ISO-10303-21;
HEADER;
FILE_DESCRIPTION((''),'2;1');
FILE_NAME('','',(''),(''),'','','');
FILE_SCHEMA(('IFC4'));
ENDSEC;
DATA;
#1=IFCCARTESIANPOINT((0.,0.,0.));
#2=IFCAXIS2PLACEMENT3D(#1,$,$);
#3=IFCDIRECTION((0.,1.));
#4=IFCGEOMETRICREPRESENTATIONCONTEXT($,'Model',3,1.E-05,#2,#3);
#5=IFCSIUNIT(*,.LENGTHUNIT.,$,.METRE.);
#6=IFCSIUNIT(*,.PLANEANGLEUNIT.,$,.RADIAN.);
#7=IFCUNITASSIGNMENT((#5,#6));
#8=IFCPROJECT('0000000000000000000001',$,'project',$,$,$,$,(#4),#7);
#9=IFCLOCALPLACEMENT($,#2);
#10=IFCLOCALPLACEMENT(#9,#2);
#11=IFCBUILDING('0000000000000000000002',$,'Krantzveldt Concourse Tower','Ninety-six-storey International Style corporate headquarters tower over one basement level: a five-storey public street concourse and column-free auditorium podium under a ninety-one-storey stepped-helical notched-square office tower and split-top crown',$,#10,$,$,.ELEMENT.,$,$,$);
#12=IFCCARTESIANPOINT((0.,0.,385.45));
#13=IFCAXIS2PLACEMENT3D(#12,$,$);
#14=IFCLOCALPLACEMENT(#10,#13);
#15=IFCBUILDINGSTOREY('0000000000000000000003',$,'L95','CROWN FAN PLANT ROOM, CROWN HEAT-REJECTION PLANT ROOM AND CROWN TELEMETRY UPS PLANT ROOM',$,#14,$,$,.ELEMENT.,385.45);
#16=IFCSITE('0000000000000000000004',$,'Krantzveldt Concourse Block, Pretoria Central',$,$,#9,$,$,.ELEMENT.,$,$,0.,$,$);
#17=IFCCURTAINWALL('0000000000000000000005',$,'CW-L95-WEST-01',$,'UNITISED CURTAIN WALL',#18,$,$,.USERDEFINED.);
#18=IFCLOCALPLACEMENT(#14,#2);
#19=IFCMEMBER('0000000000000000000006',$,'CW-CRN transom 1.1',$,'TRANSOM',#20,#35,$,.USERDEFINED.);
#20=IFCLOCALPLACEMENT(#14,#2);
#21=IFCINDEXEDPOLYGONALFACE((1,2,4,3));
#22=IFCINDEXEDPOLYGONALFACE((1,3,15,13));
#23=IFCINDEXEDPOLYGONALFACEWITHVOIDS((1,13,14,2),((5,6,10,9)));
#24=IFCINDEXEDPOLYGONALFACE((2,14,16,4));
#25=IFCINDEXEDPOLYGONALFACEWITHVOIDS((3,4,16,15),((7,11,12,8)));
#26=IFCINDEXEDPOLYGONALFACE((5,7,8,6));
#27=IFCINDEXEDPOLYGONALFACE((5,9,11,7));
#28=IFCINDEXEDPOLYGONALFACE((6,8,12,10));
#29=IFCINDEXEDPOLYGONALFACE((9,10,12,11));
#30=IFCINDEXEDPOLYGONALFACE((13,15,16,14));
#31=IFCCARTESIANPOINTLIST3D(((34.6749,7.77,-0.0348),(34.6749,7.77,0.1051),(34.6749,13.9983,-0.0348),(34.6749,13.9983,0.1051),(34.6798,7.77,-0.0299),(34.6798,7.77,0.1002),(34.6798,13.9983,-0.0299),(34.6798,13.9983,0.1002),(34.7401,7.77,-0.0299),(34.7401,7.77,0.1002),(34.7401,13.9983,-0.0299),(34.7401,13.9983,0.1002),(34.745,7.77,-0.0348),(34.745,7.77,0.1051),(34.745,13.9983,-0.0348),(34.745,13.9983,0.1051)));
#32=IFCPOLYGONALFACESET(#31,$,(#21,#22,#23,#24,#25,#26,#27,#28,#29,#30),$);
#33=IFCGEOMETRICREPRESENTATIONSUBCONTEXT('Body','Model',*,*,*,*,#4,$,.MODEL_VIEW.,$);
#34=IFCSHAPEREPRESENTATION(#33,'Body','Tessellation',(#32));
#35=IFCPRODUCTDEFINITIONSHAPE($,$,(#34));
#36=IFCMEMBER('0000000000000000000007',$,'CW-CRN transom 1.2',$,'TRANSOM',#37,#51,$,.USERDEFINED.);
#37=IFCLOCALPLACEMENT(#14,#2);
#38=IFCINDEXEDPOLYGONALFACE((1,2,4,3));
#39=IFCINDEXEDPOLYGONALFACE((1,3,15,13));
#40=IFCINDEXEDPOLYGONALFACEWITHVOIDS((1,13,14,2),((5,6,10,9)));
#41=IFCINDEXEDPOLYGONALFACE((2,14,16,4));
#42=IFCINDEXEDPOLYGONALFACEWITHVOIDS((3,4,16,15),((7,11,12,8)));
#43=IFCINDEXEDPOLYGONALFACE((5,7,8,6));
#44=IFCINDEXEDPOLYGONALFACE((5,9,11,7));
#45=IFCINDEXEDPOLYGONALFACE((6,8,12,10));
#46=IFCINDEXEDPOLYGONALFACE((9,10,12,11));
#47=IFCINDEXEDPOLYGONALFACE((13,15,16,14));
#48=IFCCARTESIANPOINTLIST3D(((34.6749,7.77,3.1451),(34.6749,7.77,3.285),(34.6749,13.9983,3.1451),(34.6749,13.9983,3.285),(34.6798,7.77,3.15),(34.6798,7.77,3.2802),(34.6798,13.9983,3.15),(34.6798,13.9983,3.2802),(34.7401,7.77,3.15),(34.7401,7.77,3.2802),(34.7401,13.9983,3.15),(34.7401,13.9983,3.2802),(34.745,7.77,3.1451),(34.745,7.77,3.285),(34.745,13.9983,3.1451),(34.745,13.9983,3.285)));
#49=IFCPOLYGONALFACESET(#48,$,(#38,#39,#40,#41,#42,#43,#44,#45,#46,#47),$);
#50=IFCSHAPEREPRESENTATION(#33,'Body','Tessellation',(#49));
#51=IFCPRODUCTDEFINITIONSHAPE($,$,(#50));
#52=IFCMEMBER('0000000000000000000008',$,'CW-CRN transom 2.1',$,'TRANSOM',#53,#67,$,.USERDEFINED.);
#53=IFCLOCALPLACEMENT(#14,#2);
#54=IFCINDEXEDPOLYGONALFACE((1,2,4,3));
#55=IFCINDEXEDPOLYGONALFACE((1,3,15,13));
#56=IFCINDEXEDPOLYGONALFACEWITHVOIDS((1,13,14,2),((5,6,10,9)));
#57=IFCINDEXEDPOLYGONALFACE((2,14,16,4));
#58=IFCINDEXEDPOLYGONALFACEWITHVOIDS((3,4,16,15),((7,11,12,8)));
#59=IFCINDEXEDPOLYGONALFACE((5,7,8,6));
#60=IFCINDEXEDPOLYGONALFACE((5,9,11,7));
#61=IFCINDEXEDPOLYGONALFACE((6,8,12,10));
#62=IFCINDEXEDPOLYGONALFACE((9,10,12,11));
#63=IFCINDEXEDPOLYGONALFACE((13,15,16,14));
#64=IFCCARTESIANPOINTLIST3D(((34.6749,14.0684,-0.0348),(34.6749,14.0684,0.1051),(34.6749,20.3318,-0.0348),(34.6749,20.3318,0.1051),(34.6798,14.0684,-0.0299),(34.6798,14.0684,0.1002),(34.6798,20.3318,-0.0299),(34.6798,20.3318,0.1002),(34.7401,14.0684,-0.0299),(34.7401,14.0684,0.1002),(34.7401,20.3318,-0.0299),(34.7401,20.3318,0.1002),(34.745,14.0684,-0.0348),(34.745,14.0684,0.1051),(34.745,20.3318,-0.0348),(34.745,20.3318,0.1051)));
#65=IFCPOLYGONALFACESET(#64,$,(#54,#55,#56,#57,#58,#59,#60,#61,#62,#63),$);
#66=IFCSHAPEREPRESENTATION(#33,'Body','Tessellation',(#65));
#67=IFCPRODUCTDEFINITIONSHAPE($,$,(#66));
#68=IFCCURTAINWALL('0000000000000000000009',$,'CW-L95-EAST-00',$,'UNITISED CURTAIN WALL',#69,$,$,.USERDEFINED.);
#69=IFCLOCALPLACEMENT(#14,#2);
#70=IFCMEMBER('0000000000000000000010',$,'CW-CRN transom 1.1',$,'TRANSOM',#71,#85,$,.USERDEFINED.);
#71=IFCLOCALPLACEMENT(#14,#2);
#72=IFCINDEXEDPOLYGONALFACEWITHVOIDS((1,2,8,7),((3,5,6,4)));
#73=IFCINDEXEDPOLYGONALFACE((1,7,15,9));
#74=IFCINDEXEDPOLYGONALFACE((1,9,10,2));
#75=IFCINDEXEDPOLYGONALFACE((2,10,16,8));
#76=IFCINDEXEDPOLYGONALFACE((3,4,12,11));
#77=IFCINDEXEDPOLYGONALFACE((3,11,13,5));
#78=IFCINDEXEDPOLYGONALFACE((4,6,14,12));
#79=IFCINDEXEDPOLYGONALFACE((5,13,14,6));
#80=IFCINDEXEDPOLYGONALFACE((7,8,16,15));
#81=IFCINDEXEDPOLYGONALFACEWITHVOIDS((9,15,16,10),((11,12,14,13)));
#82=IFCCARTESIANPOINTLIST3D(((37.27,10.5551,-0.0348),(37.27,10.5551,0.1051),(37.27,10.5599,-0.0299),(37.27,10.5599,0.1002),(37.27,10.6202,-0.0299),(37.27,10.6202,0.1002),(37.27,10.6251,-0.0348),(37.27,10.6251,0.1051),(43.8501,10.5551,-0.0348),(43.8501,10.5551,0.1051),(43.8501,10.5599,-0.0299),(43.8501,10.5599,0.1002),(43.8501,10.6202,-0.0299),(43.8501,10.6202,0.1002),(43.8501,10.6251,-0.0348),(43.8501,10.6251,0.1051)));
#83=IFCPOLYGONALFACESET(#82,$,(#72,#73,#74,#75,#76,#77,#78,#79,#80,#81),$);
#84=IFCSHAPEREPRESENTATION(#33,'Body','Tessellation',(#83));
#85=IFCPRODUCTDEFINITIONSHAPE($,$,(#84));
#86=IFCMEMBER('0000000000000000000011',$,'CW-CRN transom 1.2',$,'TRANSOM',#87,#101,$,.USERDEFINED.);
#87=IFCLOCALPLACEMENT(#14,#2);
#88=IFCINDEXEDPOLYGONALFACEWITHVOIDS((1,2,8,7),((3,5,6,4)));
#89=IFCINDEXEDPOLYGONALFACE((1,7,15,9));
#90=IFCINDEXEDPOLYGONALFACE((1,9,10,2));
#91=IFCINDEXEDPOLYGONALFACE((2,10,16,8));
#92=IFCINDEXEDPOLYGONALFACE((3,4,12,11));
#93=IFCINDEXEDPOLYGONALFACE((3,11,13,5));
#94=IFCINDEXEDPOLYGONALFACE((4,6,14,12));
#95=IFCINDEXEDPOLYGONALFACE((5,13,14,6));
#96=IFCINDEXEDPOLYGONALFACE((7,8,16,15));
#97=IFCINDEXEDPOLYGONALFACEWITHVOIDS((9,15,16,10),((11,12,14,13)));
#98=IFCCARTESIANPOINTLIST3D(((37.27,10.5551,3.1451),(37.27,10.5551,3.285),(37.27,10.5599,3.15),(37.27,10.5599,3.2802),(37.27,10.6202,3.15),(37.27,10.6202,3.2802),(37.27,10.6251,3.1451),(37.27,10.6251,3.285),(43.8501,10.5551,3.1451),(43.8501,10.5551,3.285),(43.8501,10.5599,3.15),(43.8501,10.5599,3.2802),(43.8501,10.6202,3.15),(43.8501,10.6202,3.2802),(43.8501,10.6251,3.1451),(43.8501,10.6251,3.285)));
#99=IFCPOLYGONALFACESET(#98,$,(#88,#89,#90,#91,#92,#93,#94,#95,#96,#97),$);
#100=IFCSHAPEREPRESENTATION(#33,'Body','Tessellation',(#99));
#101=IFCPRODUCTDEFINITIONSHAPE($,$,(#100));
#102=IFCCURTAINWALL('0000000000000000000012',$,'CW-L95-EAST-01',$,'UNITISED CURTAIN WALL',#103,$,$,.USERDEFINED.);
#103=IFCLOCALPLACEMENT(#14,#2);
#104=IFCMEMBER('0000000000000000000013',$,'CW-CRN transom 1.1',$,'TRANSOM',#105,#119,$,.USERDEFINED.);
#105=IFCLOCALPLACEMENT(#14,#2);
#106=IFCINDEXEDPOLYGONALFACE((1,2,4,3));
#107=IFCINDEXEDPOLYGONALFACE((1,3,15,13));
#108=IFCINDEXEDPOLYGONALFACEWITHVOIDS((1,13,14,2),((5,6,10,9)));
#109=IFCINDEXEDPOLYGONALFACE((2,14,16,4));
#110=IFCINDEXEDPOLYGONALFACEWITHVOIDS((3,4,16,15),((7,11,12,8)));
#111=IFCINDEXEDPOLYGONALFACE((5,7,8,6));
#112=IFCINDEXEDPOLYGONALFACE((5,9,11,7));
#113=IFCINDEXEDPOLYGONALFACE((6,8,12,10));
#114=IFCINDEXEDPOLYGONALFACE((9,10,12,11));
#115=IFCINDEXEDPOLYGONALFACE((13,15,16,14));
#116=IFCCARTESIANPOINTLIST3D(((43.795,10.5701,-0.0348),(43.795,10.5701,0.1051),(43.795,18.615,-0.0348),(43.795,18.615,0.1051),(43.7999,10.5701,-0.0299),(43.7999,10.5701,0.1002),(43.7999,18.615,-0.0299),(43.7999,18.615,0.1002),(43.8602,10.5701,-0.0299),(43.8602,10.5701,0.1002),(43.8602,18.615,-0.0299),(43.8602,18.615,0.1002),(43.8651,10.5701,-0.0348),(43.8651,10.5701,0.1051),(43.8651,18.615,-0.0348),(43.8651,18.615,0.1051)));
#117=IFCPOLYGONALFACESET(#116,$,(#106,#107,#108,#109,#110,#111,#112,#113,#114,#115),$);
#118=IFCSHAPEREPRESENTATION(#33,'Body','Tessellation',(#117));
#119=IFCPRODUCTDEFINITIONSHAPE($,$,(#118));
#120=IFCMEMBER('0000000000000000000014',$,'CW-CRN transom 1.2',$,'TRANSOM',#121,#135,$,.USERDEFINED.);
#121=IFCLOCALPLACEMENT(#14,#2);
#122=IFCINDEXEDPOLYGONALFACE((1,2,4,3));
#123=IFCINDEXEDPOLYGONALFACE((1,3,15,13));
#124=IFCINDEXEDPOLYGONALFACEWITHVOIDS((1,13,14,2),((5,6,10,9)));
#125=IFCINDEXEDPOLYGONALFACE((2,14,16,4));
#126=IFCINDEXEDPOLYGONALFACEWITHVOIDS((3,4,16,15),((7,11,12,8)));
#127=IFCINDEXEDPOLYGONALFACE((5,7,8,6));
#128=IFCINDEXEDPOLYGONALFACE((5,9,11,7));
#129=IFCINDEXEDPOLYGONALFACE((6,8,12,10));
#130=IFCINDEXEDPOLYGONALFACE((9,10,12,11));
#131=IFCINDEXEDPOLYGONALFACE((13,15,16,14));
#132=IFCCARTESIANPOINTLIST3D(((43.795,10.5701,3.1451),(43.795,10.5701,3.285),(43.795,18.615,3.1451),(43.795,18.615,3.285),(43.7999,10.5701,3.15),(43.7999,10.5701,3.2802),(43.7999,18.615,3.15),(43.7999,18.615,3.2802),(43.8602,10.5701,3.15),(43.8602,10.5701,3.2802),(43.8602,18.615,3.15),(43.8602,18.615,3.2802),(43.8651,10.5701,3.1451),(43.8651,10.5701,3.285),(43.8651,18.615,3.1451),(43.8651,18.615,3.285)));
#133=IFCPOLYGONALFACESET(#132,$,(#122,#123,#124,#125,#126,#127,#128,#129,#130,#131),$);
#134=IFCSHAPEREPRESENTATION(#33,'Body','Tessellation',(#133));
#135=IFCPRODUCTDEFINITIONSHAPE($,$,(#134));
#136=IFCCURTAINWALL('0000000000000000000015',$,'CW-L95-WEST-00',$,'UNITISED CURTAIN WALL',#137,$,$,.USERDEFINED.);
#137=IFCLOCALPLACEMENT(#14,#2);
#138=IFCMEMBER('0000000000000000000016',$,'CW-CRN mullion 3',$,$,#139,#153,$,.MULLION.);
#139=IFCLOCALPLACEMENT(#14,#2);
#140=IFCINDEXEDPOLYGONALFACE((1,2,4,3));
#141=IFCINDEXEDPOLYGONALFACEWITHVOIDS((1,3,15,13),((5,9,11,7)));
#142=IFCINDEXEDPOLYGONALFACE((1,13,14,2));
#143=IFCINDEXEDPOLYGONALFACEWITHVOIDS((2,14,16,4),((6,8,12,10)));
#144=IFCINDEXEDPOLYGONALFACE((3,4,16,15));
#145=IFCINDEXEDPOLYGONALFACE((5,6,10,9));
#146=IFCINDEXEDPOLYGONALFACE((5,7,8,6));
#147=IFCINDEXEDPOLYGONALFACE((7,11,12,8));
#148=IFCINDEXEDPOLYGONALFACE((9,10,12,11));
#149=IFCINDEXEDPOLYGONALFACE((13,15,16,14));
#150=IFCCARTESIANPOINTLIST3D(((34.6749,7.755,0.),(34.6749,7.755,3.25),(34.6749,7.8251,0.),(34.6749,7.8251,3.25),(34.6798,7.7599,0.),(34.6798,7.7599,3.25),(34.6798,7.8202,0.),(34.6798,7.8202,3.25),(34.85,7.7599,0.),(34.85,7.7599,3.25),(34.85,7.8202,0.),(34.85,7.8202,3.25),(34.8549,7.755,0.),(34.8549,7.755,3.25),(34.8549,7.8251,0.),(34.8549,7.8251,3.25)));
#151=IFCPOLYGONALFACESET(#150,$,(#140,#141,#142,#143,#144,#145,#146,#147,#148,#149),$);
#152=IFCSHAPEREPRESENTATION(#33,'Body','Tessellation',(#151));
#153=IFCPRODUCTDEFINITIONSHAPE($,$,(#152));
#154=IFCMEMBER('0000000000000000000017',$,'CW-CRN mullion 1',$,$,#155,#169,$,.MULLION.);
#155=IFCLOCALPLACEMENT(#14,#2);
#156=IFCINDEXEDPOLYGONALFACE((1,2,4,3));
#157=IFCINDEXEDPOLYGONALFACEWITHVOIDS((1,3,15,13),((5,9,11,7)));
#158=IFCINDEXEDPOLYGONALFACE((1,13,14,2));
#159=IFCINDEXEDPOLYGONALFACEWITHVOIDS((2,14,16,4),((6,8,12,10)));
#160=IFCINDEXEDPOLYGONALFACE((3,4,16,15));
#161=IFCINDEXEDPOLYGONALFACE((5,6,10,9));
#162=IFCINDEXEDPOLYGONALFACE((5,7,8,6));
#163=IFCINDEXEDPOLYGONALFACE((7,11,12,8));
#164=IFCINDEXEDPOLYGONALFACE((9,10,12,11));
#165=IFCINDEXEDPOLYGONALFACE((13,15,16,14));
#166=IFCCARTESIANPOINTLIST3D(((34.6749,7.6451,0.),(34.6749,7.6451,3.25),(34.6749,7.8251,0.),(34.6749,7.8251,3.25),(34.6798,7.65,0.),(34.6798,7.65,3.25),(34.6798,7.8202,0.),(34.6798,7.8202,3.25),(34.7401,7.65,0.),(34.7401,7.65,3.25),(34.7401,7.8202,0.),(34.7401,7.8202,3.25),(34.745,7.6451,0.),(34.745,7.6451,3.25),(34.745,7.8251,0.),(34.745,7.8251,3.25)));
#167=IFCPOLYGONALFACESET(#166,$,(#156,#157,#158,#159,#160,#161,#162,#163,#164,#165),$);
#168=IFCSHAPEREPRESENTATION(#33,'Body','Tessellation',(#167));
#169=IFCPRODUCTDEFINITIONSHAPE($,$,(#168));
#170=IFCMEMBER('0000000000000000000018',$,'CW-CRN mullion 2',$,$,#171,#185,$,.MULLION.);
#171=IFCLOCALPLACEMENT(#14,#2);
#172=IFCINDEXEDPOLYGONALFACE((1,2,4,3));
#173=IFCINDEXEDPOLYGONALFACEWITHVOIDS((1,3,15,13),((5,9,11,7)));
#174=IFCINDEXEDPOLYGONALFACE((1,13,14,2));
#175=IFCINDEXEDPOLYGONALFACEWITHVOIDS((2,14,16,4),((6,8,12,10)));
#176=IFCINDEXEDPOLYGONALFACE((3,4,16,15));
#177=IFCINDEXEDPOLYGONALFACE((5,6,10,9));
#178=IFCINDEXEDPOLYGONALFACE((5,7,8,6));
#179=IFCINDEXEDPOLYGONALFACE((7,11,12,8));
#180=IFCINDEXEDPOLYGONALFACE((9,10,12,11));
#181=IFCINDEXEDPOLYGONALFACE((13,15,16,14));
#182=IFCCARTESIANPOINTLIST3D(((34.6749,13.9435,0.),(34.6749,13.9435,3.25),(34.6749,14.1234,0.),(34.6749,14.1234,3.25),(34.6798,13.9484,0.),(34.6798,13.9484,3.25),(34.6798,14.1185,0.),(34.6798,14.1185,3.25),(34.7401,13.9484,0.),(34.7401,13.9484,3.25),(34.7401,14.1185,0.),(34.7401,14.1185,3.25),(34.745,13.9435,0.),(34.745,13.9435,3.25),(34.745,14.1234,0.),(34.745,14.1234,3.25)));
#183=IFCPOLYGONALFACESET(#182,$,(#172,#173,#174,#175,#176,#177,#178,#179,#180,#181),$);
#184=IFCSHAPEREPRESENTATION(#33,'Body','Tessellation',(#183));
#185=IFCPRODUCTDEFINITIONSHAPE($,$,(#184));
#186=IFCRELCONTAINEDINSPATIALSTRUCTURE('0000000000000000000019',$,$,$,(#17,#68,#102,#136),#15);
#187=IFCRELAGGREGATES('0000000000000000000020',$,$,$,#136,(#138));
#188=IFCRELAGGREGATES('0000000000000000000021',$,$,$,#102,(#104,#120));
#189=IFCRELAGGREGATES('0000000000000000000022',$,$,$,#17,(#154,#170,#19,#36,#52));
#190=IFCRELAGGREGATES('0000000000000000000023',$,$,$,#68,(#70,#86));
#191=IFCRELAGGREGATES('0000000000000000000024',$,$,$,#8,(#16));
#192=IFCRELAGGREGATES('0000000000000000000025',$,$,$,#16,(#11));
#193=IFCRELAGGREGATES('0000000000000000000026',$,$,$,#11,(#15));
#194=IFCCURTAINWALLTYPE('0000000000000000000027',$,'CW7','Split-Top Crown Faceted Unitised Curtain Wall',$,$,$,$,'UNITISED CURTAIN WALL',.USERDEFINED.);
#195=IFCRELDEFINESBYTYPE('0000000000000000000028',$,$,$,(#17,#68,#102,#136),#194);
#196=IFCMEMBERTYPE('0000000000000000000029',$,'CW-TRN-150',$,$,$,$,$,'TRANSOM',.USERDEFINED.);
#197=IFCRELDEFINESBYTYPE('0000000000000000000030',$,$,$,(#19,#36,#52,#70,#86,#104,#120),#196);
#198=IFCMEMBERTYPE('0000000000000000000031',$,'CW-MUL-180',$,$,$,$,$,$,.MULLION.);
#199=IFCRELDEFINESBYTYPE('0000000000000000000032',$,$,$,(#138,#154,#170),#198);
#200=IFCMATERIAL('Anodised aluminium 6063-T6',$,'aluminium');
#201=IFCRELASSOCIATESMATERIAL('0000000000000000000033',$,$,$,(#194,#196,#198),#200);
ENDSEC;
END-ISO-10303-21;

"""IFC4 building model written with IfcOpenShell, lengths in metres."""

from ifc_helpers import new_model, si_unit, direction, frame, origin, origin_2d, place, context, subcontext, project, spatial, hollow_rectangle, extrude, source, transform, mapped, material, material_profile, profile_set, type_object, type_shapes, element, aggregate, save


model = new_model("IFC4")

# Units and contexts
model_context = context("Model", 3, precision=1e-05, world=origin(), true_north=direction((0.0, 1.0)))
body_context = subcontext(model_context, "Body", "Model", "MODEL_VIEW")
ifc_project = project(units=[si_unit("LENGTHUNIT", "METRE"), si_unit("PLANEANGLEUNIT", "RADIAN")], contexts=[model_context])

# Site, building, storey
site_placement = place(None, origin())
site = spatial("IfcSite", under=ifc_project, at=site_placement, Name="Krantzveldt Concourse Block, Pretoria Central", CompositionType="ELEMENT", RefElevation=0.0)
building_placement = place(site_placement, origin())
building = spatial("IfcBuilding", under=site, at=building_placement, Name="Krantzveldt Concourse Tower", Description="Ninety-six-storey International Style corporate headquarters tower over one basement level: a five-storey public street concourse and column-free auditorium podium under a ninety-one-storey stepped-helical notched-square office tower and split-top crown", CompositionType="ELEMENT")
storey_placement = place(building_placement, frame((0.0, 0.0, 385.45)))
storey = spatial("IfcBuildingStorey", under=building, at=storey_placement, Name="L95", Description="CROWN FAN PLANT ROOM, CROWN HEAT-REJECTION PLANT ROOM AND CROWN TELEMETRY UPS PLANT ROOM", CompositionType="ELEMENT", Elevation=385.45)

# Curtain walls, members
ifc_material_1 = material(Name="Anodised aluminium 6063-T6", Category="aluminium")
curtain_wall_type = type_object("IfcCurtainWallType", Name="CW7", Description="Split-Top Crown Faceted Unitised Curtain Wall", ElementType="UNITISED CURTAIN WALL", PredefinedType="USERDEFINED", material=ifc_material_1)
curtain_wall_1_placement = place(storey_placement, origin())
curtain_wall_1 = element("IfcCurtainWall", 1, at=curtain_wall_1_placement, inside=storey, type_object=curtain_wall_type, Name="CW-L95-WEST-01", ObjectType="UNITISED CURTAIN WALL", PredefinedType="USERDEFINED")
ifc_material_profile_1 = material_profile(ifc_material_1, hollow_rectangle(XDim=0.0701, YDim=0.1399, WallThickness=0.0049, at=origin_2d()), Name="Anodised aluminium 6063-T6", Category="aluminium")
ifc_profile_set_1 = profile_set([ifc_material_profile_1], Name="Anodised aluminium 6063-T6 - ALU-TRAN 140x70x5")
member_type_1 = type_object("IfcMemberType", Name="CW-TRN-150", ElementType="TRANSOM", PredefinedType="USERDEFINED", material=ifc_profile_set_1)
shared_shape_1 = source(origin(), body_context, "Body", "SweptSolid", [
    extrude(hollow_rectangle(XDim=0.0701, YDim=0.1399, WallThickness=0.0049, at=origin_2d()), origin(), (0.0, 0.0, 1.0), 6.2283),
])
member_1_placement = place(storey_placement, frame((34.71, 7.77, 0.0352), z_axis=(0.0, 1.0, 0.0), x_axis=(-1.0, 0.0, 0.0)))
member_1 = element("IfcMember", 2, at=member_1_placement, type_object=member_type_1, Name="CW-CRN transom 1.1", ObjectType="TRANSOM", PredefinedType="USERDEFINED", context=body_context, shape_type="MappedRepresentation", body=[
    mapped(shared_shape_1, transform((0.0, 0.0, 0.0), x_axis=(1.0, 0.0, 0.0), y_axis=(0.0, 1.0, 0.0), z_axis=(0.0, 0.0, 1.0), scale=1.0)),
])
member_2_placement = place(storey_placement, frame((34.71, 7.77, 3.2151), z_axis=(0.0, 1.0, 0.0), x_axis=(-1.0, 0.0, 0.0)))
member_2 = element("IfcMember", 3, at=member_2_placement, type_object=member_type_1, Name="CW-CRN transom 1.2", ObjectType="TRANSOM", PredefinedType="USERDEFINED", context=body_context, shape_type="MappedRepresentation", body=[
    mapped(shared_shape_1, transform((0.0, 0.0, 0.0), x_axis=(1.0, 0.0, 0.0), y_axis=(0.0, 1.0, 0.0), z_axis=(0.0, 0.0, 1.0), scale=1.0)),
])
shared_shape_2 = source(origin(), body_context, "Body", "SweptSolid", [
    extrude(hollow_rectangle(XDim=0.0701, YDim=0.1399, WallThickness=0.0049, at=origin_2d()), origin(), (0.0, 0.0, 1.0), 6.2634),
])
member_3_placement = place(storey_placement, frame((34.71, 14.0684, 0.0352), z_axis=(0.0, 1.0, 0.0), x_axis=(-1.0, 0.0, 0.0)))
member_3 = element("IfcMember", 4, at=member_3_placement, type_object=member_type_1, Name="CW-CRN transom 2.1", ObjectType="TRANSOM", PredefinedType="USERDEFINED", context=body_context, shape_type="MappedRepresentation", body=[
    mapped(shared_shape_2, transform((0.0, 0.0, 0.0), x_axis=(1.0, 0.0, 0.0), y_axis=(0.0, 1.0, 0.0), z_axis=(0.0, 0.0, 1.0), scale=1.0)),
])
curtain_wall_2_placement = place(storey_placement, origin())
curtain_wall_2 = element("IfcCurtainWall", 5, at=curtain_wall_2_placement, inside=storey, type_object=curtain_wall_type, Name="CW-L95-EAST-00", ObjectType="UNITISED CURTAIN WALL", PredefinedType="USERDEFINED")
shared_shape_3 = source(origin(), body_context, "Body", "SweptSolid", [
    extrude(hollow_rectangle(XDim=0.0701, YDim=0.1399, WallThickness=0.0049, at=origin_2d()), origin(), (0.0, 0.0, 1.0), 6.5801),
])
member_4_placement = place(storey_placement, frame((37.27, 10.5901, 0.0352), z_axis=(1.0, 0.0, 0.0), x_axis=(0.0, 1.0, 0.0)))
member_4 = element("IfcMember", 6, at=member_4_placement, type_object=member_type_1, Name="CW-CRN transom 1.1", ObjectType="TRANSOM", PredefinedType="USERDEFINED", context=body_context, shape_type="MappedRepresentation", body=[
    mapped(shared_shape_3, transform((0.0, 0.0, 0.0), x_axis=(1.0, 0.0, 0.0), y_axis=(0.0, 1.0, 0.0), z_axis=(0.0, 0.0, 1.0), scale=1.0)),
])
member_5_placement = place(storey_placement, frame((37.27, 10.5901, 3.2151), z_axis=(1.0, 0.0, 0.0), x_axis=(0.0, 1.0, 0.0)))
member_5 = element("IfcMember", 7, at=member_5_placement, type_object=member_type_1, Name="CW-CRN transom 1.2", ObjectType="TRANSOM", PredefinedType="USERDEFINED", context=body_context, shape_type="MappedRepresentation", body=[
    mapped(shared_shape_3, transform((0.0, 0.0, 0.0), x_axis=(1.0, 0.0, 0.0), y_axis=(0.0, 1.0, 0.0), z_axis=(0.0, 0.0, 1.0), scale=1.0)),
])
curtain_wall_3_placement = place(storey_placement, origin())
curtain_wall_3 = element("IfcCurtainWall", 8, at=curtain_wall_3_placement, inside=storey, type_object=curtain_wall_type, Name="CW-L95-EAST-01", ObjectType="UNITISED CURTAIN WALL", PredefinedType="USERDEFINED")
shared_shape_4 = source(origin(), body_context, "Body", "SweptSolid", [
    extrude(hollow_rectangle(XDim=0.0701, YDim=0.1399, WallThickness=0.0049, at=origin_2d()), origin(), (0.0, 0.0, 1.0), 8.0449),
])
type_shapes(member_type_1, [shared_shape_1, shared_shape_2, shared_shape_3, shared_shape_4])
member_6_placement = place(storey_placement, frame((43.8301, 10.5701, 0.0352), z_axis=(0.0, 1.0, 0.0), x_axis=(-1.0, 0.0, 0.0)))
member_6 = element("IfcMember", 9, at=member_6_placement, type_object=member_type_1, Name="CW-CRN transom 1.1", ObjectType="TRANSOM", PredefinedType="USERDEFINED", context=body_context, shape_type="MappedRepresentation", body=[
    mapped(shared_shape_4, transform((0.0, 0.0, 0.0), x_axis=(1.0, 0.0, 0.0), y_axis=(0.0, 1.0, 0.0), z_axis=(0.0, 0.0, 1.0), scale=1.0)),
])
member_7_placement = place(storey_placement, frame((43.8301, 10.5701, 3.2151), z_axis=(0.0, 1.0, 0.0), x_axis=(-1.0, 0.0, 0.0)))
member_7 = element("IfcMember", 10, at=member_7_placement, type_object=member_type_1, Name="CW-CRN transom 1.2", ObjectType="TRANSOM", PredefinedType="USERDEFINED", context=body_context, shape_type="MappedRepresentation", body=[
    mapped(shared_shape_4, transform((0.0, 0.0, 0.0), x_axis=(1.0, 0.0, 0.0), y_axis=(0.0, 1.0, 0.0), z_axis=(0.0, 0.0, 1.0), scale=1.0)),
])

# Curtain wall, member
curtain_wall_4_placement = place(storey_placement, origin())
curtain_wall_4 = element("IfcCurtainWall", 11, at=curtain_wall_4_placement, inside=storey, type_object=curtain_wall_type, Name="CW-L95-WEST-00", ObjectType="UNITISED CURTAIN WALL", PredefinedType="USERDEFINED")
ifc_material_profile_2 = material_profile(ifc_material_1, hollow_rectangle(XDim=0.0701, YDim=0.1799, WallThickness=0.0049, at=origin_2d()), Name="Anodised aluminium 6063-T6", Category="aluminium")
ifc_profile_set_2 = profile_set([ifc_material_profile_2], Name="Anodised aluminium 6063-T6 - ALU-MULL 180x70x5")
member_type_2 = type_object("IfcMemberType", Name="CW-MUL-180", PredefinedType="MULLION", material=ifc_profile_set_2)
shared_shape_5 = source(origin(), body_context, "Body", "SweptSolid", [
    extrude(hollow_rectangle(XDim=0.0701, YDim=0.1799, WallThickness=0.0049, at=origin_2d()), origin(), (0.0, 0.0, 1.0), 3.25),
])
type_shapes(member_type_2, [shared_shape_5])
member_8_placement = place(storey_placement, frame((34.7649, 7.79, 0.0), z_axis=(0.0, 0.0, 1.0), x_axis=(0.0, 1.0, 0.0)))
member_8 = element("IfcMember", 12, at=member_8_placement, type_object=member_type_2, Name="CW-CRN mullion 3", PredefinedType="MULLION", context=body_context, shape_type="MappedRepresentation", body=[
    mapped(shared_shape_5, transform((0.0, 0.0, 0.0), x_axis=(1.0, 0.0, 0.0), y_axis=(0.0, 1.0, 0.0), z_axis=(0.0, 0.0, 1.0), scale=1.0)),
])
aggregate(curtain_wall_4, [member_8])

# Members
member_9_placement = place(storey_placement, frame((34.71, 7.7351, 0.0), z_axis=(0.0, 0.0, 1.0), x_axis=(-1.0, 0.0, 0.0)))
member_9 = element("IfcMember", 13, at=member_9_placement, type_object=member_type_2, Name="CW-CRN mullion 1", PredefinedType="MULLION", context=body_context, shape_type="MappedRepresentation", body=[
    mapped(shared_shape_5, transform((0.0, 0.0, 0.0), x_axis=(1.0, 0.0, 0.0), y_axis=(0.0, 1.0, 0.0), z_axis=(0.0, 0.0, 1.0), scale=1.0)),
])
member_10_placement = place(storey_placement, frame((34.71, 14.0334, 0.0), z_axis=(0.0, 0.0, 1.0), x_axis=(-1.0, 0.0, 0.0)))
member_10 = element("IfcMember", 14, at=member_10_placement, type_object=member_type_2, Name="CW-CRN mullion 2", PredefinedType="MULLION", context=body_context, shape_type="MappedRepresentation", body=[
    mapped(shared_shape_5, transform((0.0, 0.0, 0.0), x_axis=(1.0, 0.0, 0.0), y_axis=(0.0, 1.0, 0.0), z_axis=(0.0, 0.0, 1.0), scale=1.0)),
])
aggregate(curtain_wall_3, [member_6, member_7])

aggregate(curtain_wall_1, [member_9, member_10, member_1, member_2, member_3])
aggregate(curtain_wall_2, [member_4, member_5])

save(model, "model.ifc")
